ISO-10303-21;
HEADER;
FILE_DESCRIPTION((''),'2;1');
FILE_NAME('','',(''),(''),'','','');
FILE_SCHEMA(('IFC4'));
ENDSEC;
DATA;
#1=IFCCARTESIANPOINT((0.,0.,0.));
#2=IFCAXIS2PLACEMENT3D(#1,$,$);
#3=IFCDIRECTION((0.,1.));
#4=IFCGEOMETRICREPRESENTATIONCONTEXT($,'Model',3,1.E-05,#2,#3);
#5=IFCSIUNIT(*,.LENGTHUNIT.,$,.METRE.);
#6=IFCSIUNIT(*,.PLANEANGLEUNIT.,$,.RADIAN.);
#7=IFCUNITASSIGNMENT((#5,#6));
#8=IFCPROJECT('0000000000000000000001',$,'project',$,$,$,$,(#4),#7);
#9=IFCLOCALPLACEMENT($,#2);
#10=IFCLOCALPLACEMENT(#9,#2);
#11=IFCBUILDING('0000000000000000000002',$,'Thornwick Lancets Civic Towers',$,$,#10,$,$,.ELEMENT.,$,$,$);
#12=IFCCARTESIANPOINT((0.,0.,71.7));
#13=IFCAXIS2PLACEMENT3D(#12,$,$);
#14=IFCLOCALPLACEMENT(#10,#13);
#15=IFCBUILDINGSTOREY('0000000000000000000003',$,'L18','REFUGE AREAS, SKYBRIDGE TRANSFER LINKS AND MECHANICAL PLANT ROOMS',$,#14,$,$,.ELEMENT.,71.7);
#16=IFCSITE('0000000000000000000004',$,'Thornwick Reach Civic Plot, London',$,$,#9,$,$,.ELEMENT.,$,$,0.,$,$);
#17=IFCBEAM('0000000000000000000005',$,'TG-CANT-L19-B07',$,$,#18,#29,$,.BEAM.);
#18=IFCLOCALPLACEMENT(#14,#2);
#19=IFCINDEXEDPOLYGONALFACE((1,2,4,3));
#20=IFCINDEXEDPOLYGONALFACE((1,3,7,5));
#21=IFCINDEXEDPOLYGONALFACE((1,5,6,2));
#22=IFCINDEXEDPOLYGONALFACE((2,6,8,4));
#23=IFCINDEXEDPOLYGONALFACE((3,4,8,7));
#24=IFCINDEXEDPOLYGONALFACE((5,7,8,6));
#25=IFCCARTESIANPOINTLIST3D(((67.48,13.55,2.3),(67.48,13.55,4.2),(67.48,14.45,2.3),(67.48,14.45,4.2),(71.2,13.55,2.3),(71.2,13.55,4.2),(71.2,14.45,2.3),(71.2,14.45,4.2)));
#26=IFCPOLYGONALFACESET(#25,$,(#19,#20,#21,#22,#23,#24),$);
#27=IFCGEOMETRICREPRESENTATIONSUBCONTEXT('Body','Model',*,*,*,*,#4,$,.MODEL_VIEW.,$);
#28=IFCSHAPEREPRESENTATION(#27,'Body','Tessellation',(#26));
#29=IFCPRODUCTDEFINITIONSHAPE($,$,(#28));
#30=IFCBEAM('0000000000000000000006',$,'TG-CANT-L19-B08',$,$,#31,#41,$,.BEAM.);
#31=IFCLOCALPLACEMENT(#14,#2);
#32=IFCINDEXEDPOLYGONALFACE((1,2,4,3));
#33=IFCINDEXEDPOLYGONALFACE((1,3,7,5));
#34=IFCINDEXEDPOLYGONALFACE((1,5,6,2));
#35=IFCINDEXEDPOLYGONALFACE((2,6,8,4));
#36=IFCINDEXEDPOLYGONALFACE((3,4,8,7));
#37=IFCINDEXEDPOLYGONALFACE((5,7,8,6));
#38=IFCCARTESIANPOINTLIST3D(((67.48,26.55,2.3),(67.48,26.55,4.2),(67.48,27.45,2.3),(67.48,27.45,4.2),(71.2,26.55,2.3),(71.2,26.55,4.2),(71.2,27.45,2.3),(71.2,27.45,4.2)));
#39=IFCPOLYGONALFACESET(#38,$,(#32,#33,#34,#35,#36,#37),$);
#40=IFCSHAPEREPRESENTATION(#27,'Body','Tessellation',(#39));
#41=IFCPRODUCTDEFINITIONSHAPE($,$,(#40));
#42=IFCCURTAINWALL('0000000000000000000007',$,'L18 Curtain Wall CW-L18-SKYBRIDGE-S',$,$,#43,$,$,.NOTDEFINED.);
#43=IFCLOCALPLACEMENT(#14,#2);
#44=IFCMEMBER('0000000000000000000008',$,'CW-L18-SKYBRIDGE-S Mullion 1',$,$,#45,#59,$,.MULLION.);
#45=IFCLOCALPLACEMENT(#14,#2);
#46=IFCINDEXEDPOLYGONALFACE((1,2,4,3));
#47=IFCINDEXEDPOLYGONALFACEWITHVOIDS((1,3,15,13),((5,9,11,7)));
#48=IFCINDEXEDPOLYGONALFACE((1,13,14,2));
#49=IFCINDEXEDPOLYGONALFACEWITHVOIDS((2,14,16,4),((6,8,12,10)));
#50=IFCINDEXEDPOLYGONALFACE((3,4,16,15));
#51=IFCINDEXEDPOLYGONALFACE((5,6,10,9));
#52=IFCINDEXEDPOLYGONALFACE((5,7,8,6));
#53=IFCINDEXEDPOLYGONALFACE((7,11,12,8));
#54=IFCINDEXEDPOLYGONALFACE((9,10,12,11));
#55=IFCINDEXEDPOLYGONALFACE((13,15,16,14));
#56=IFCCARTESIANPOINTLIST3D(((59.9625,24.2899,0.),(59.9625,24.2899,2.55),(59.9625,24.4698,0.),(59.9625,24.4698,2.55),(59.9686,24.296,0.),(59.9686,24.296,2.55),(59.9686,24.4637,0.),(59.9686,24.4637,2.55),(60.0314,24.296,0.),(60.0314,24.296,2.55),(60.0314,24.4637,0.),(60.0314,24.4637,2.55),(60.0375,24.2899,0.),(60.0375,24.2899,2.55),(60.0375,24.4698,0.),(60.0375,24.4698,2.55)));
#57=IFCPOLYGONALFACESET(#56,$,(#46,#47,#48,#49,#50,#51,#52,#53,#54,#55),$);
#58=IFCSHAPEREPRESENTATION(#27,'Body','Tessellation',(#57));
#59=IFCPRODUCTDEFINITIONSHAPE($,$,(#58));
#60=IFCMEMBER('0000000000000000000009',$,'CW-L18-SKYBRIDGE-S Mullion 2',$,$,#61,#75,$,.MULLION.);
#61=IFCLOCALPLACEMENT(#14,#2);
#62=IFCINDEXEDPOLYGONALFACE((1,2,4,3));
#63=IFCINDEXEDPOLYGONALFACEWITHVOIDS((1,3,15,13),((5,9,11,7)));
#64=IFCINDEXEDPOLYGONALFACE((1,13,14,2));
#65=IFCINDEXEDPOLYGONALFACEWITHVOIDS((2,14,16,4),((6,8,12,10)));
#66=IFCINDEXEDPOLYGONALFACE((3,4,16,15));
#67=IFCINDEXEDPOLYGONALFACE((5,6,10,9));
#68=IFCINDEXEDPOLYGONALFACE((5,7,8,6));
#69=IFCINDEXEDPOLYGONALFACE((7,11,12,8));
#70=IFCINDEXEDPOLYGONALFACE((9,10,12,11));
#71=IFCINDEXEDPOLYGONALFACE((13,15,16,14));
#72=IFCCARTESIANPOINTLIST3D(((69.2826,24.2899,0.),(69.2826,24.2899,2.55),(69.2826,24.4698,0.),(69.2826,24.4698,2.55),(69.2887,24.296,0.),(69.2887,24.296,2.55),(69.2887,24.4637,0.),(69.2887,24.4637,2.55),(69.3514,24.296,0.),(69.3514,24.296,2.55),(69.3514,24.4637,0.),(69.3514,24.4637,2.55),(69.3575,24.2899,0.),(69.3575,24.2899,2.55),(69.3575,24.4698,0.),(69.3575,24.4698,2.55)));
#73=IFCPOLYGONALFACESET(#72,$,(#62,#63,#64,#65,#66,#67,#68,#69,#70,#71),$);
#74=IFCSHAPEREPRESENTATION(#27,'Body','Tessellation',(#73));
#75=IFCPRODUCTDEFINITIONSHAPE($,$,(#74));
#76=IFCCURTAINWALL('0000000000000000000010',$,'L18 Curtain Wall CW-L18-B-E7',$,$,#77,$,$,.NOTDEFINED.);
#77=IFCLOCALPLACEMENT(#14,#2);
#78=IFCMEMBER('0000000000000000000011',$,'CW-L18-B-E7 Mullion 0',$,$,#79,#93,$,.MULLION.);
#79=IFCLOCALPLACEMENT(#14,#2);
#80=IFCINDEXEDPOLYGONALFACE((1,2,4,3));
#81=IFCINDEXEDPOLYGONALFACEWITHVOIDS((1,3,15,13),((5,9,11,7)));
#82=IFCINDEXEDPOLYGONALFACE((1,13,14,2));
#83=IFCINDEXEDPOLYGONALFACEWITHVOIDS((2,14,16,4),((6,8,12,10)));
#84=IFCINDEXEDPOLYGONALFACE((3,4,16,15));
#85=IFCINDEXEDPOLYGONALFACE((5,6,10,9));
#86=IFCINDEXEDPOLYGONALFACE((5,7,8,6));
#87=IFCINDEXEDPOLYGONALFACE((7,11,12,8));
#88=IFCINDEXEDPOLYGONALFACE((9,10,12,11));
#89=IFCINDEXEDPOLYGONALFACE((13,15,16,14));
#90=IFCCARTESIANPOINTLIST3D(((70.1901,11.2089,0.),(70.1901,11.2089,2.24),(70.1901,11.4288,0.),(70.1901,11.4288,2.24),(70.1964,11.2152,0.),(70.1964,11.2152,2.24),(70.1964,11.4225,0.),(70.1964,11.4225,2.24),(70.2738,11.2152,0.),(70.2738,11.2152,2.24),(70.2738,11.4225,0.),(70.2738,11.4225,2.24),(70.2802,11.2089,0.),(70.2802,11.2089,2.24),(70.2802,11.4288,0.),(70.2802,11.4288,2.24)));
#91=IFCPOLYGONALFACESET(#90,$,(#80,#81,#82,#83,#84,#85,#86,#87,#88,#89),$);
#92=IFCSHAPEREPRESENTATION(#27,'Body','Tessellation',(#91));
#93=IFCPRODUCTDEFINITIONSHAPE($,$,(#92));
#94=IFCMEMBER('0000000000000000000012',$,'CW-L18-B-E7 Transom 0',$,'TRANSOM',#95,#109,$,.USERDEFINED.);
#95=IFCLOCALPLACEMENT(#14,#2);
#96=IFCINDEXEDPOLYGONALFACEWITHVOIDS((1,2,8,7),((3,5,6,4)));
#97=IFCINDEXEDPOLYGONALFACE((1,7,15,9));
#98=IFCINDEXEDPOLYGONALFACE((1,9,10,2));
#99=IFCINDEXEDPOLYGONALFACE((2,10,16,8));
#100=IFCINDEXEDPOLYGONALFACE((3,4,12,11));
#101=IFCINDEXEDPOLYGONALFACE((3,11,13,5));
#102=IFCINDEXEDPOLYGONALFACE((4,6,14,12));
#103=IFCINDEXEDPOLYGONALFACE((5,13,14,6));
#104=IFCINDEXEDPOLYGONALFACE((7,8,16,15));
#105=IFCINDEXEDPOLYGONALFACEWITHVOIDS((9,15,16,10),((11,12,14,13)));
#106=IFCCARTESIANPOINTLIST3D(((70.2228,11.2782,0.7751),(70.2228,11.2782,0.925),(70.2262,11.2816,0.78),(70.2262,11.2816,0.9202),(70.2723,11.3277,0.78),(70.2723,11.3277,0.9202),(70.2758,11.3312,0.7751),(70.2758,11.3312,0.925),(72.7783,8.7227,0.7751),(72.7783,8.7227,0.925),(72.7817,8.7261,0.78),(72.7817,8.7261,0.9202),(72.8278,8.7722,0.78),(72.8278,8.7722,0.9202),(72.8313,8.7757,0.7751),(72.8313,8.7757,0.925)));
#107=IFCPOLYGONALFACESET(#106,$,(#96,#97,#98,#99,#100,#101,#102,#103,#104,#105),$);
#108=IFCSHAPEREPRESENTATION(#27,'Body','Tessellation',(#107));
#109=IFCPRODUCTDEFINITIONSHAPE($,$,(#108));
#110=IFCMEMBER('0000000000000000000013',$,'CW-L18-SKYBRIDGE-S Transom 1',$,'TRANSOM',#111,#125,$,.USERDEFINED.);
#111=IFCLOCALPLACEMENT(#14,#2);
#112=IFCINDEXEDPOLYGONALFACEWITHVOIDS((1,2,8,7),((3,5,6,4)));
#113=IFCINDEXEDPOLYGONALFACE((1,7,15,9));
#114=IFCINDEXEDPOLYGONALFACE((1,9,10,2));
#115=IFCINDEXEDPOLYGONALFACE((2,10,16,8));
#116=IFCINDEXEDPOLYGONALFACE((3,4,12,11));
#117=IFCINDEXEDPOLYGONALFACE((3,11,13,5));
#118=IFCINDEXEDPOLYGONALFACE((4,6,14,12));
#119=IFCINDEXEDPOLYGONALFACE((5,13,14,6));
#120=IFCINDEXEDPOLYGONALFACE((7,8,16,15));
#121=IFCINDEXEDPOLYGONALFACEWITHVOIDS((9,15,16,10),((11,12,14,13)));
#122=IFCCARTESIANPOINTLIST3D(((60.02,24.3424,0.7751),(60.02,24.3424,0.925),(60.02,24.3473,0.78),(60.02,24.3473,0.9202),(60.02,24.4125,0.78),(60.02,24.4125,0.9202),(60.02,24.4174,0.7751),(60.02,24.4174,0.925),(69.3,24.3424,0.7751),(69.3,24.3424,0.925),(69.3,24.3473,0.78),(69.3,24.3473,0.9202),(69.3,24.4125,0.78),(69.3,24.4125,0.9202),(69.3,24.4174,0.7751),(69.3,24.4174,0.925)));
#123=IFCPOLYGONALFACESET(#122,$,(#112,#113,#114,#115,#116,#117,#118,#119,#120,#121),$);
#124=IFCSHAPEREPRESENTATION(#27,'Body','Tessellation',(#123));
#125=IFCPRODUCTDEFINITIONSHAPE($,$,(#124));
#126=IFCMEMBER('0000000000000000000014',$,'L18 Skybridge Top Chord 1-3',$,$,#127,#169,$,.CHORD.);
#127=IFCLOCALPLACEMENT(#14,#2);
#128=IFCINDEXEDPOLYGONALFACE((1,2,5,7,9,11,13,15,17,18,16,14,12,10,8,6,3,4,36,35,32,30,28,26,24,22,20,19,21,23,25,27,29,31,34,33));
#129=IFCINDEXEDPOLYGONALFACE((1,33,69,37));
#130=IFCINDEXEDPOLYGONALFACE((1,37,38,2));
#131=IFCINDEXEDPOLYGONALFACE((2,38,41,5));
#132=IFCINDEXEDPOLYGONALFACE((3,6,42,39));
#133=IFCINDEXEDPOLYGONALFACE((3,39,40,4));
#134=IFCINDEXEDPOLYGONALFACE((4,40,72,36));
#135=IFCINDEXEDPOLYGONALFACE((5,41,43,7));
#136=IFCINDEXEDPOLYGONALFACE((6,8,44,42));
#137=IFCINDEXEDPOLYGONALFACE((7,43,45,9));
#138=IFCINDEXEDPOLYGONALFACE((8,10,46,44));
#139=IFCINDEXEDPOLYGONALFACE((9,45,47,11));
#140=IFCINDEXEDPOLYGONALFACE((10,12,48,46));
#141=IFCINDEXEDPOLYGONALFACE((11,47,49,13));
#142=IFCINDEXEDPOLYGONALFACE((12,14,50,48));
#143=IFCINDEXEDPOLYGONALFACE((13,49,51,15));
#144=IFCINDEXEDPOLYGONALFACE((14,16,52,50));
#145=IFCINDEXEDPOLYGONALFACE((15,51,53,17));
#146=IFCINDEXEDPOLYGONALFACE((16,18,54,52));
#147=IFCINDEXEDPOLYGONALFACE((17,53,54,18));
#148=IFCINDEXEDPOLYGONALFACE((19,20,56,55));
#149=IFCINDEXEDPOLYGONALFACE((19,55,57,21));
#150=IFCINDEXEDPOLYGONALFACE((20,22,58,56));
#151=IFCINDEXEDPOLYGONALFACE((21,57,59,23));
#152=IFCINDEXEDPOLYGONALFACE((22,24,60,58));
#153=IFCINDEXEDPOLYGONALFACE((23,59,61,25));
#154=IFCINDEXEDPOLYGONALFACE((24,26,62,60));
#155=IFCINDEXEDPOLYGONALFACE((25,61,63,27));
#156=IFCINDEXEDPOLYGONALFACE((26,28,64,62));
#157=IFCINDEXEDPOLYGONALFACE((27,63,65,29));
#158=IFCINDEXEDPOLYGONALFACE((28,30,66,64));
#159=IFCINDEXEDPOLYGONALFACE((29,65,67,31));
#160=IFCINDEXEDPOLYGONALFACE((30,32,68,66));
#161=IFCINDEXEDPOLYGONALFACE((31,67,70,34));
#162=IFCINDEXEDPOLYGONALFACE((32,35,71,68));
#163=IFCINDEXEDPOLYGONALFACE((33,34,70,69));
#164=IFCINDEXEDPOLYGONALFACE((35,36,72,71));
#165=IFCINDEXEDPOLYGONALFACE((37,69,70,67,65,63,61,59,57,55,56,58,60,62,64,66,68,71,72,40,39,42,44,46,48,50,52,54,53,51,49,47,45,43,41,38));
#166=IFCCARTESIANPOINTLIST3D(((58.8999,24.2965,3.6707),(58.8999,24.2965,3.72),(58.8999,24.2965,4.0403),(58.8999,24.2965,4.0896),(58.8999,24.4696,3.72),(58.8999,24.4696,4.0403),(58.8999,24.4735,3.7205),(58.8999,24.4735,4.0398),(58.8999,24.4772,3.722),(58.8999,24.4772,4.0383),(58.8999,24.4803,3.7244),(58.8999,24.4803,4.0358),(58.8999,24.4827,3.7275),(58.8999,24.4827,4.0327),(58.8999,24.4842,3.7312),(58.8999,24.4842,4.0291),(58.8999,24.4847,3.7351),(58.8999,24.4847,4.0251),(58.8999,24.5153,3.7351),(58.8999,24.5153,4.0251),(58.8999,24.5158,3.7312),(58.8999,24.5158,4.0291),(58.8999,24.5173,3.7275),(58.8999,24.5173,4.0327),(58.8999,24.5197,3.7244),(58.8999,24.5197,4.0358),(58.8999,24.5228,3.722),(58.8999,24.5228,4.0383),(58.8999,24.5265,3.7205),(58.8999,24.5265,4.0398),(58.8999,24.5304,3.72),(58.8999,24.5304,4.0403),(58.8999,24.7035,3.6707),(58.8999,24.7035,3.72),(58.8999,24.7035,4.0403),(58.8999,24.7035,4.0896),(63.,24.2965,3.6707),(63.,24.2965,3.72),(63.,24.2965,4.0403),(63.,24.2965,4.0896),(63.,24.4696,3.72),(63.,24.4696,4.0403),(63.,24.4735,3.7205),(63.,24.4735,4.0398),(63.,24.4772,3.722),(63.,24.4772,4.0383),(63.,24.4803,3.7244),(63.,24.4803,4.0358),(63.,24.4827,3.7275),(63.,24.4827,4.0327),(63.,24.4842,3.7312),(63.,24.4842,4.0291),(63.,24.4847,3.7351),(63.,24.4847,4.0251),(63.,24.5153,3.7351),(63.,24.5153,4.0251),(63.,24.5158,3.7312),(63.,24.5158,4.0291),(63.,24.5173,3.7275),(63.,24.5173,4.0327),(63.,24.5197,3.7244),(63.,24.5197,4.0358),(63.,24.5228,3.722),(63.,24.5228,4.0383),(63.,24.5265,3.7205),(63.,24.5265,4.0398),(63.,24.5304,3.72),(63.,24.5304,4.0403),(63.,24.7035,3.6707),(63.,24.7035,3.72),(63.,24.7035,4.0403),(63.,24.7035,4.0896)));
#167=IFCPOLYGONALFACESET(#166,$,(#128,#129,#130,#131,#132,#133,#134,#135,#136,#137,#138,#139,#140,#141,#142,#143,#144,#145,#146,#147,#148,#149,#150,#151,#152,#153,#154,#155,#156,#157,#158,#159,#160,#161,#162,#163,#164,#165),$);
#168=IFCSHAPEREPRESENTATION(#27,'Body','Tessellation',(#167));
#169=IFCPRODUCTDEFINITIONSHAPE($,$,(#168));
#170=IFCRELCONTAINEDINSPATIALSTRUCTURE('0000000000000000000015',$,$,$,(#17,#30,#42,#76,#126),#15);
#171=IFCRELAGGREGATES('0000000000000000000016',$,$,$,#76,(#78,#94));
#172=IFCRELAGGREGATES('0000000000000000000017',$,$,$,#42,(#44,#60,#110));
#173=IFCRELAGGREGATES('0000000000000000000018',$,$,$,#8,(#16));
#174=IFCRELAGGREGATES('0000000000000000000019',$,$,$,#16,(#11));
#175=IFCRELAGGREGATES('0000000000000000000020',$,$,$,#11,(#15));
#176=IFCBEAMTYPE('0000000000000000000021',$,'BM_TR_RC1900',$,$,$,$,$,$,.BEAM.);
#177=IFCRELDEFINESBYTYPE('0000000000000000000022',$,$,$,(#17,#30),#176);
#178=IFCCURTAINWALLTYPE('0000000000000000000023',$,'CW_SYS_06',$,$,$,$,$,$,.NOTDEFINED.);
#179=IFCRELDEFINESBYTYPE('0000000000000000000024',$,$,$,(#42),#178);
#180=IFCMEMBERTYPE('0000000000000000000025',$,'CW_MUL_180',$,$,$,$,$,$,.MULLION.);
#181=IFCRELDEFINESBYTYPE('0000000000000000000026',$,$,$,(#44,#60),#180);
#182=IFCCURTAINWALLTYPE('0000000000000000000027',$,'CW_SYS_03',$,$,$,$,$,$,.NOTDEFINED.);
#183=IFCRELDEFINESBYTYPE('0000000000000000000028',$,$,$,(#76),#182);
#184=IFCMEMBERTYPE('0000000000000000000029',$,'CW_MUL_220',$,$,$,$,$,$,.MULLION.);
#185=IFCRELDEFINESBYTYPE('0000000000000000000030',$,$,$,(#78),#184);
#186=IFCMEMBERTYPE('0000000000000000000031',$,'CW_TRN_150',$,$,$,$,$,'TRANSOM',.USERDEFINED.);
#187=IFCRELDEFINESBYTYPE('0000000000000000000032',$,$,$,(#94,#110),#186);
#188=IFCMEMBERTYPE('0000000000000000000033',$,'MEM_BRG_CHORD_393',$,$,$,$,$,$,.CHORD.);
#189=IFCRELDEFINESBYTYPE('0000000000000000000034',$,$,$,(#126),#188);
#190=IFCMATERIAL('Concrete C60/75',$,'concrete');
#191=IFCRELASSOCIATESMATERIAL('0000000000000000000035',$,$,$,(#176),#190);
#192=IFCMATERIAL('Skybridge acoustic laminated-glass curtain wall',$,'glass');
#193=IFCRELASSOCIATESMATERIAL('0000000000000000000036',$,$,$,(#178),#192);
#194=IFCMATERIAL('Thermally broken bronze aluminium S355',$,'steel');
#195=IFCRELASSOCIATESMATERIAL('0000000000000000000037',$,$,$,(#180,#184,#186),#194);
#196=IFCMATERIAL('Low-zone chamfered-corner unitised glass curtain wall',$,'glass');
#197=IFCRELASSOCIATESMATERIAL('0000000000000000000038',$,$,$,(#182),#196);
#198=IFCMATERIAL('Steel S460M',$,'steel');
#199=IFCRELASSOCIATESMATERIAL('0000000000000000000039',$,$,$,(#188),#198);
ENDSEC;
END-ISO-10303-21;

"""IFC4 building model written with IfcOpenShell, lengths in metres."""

from ifc_helpers import new_model, si_unit, direction, frame, origin, origin_2d, place, context, subcontext, project, spatial, rectangle, hollow_rectangle, i_section, extrude, material, material_profile, profile_set, type_object, element, aggregate, save


model = new_model("IFC4")

# Units and contexts
model_context = context("Model", 3, precision=1e-05, world=origin(), true_north=direction((0.0, 1.0)))
body_context = subcontext(model_context, "Body", "Model", "MODEL_VIEW")
ifc_project = project(units=[si_unit("LENGTHUNIT", "METRE"), si_unit("PLANEANGLEUNIT", "RADIAN")], contexts=[model_context])

# Site, building, storey
site_placement = place(None, origin())
site = spatial("IfcSite", under=ifc_project, at=site_placement, Name="Thornwick Reach Civic Plot, London", CompositionType="ELEMENT", RefElevation=0.0)
building_placement = place(site_placement, origin())
building = spatial("IfcBuilding", under=site, at=building_placement, Name="Thornwick Lancets Civic Towers", CompositionType="ELEMENT")
storey_placement = place(building_placement, frame((0.0, 0.0, 71.7)))
storey = spatial("IfcBuildingStorey", under=building, at=storey_placement, Name="L18", Description="REFUGE AREAS, SKYBRIDGE TRANSFER LINKS AND MECHANICAL PLANT ROOMS", CompositionType="ELEMENT", Elevation=71.7)

# Shared definitions
ifc_material_1 = material(Name="Concrete C60/75", Category="concrete")

# Beams
ifc_material_profile_1 = material_profile(ifc_material_1, rectangle(XDim=0.8999, YDim=1.8999, at=origin_2d()), Name="RC 900x1900")
ifc_profile_set_1 = profile_set([ifc_material_profile_1], Name="Concrete C60/75")
beam_type_1 = type_object("IfcBeamType", Name="BM_TR_RC1900", PredefinedType="BEAM", material=ifc_profile_set_1)
for number, where, z_axis, x_axis, name in (
    (1, (71.2, 14.0, 3.25), (-1.0, 0.0, 0.0), (0.0, -1.0, 0.0), "TG-CANT-L19-B07"),
    (2, (71.2, 27.0, 3.25), (-1.0, 0.0, 0.0), (0.0, -1.0, 0.0), "TG-CANT-L19-B08"),
):
    element("IfcBeam", number, at=place(storey_placement, frame(where, z_axis=z_axis, x_axis=x_axis)), inside=storey, type_object=beam_type_1, Name=name, PredefinedType="BEAM", context=body_context, shape_type="SweptSolid", body=[
        extrude(rectangle(XDim=0.8999, YDim=1.8999, at=origin_2d()), origin(), (0.0, 0.0, 1.0), 3.72),
    ])

# Curtain walls, members
ifc_material_2 = material(Name="Skybridge acoustic laminated-glass curtain wall", Category="glass")
curtain_wall_type_1 = type_object("IfcCurtainWallType", Name="CW_SYS_06", PredefinedType="NOTDEFINED", material=ifc_material_2)
curtain_wall_1_placement = place(storey_placement, origin())
curtain_wall_1 = element("IfcCurtainWall", 3, at=curtain_wall_1_placement, inside=storey, type_object=curtain_wall_type_1, Name="L18 Curtain Wall CW-L18-SKYBRIDGE-S", PredefinedType="NOTDEFINED")
ifc_material_3 = material(Name="Thermally broken bronze aluminium S355", Category="steel")
ifc_material_profile_2 = material_profile(ifc_material_3, hollow_rectangle(XDim=0.075, YDim=0.1799, WallThickness=0.0061, at=origin_2d()), Name="RHS 180x75x6")
ifc_profile_set_2 = profile_set([ifc_material_profile_2], Name="Thermally broken bronze aluminium S355")
member_type_1 = type_object("IfcMemberType", Name="CW_MUL_180", PredefinedType="MULLION", material=ifc_profile_set_2)
member_1_placement = place(storey_placement, frame((60.0, 24.3799, 0.0), z_axis=(0.0, 0.0, 1.0), x_axis=(1.0, 0.0, 0.0)))
member_1 = element("IfcMember", 4, at=member_1_placement, type_object=member_type_1, Name="CW-L18-SKYBRIDGE-S Mullion 1", PredefinedType="MULLION", context=body_context, shape_type="SweptSolid", body=[
    extrude(hollow_rectangle(XDim=0.075, YDim=0.1799, WallThickness=0.0061, at=origin_2d()), origin(), (0.0, 0.0, 1.0), 2.55),
])
member_2_placement = place(storey_placement, frame((69.3201, 24.3799, 0.0), z_axis=(0.0, 0.0, 1.0), x_axis=(1.0, 0.0, 0.0)))
member_2 = element("IfcMember", 5, at=member_2_placement, type_object=member_type_1, Name="CW-L18-SKYBRIDGE-S Mullion 2", PredefinedType="MULLION", context=body_context, shape_type="SweptSolid", body=[
    extrude(hollow_rectangle(XDim=0.075, YDim=0.1799, WallThickness=0.0061, at=origin_2d()), origin(), (0.0, 0.0, 1.0), 2.55),
])
ifc_material_4 = material(Name="Low-zone chamfered-corner unitised glass curtain wall", Category="glass")
curtain_wall_type_2 = type_object("IfcCurtainWallType", Name="CW_SYS_03", PredefinedType="NOTDEFINED", material=ifc_material_4)
curtain_wall_2_placement = place(storey_placement, origin())
curtain_wall_2 = element("IfcCurtainWall", 6, at=curtain_wall_2_placement, inside=storey, type_object=curtain_wall_type_2, Name="L18 Curtain Wall CW-L18-B-E7", PredefinedType="NOTDEFINED")
ifc_material_profile_3 = material_profile(ifc_material_3, hollow_rectangle(XDim=0.0901, YDim=0.22, WallThickness=0.0063, at=origin_2d()), Name="RHS 220x90x6.3")
ifc_profile_set_3 = profile_set([ifc_material_profile_3], Name="Thermally broken bronze aluminium S355")
member_type_2 = type_object("IfcMemberType", Name="CW_MUL_220", PredefinedType="MULLION", material=ifc_profile_set_3)
member_3_placement = place(storey_placement, frame((70.2351, 11.3188, 0.0), z_axis=(0.0, 0.0, 1.0), x_axis=(1.0, 0.0, 0.0)))
member_3 = element("IfcMember", 7, at=member_3_placement, type_object=member_type_2, Name="CW-L18-B-E7 Mullion 0", PredefinedType="MULLION", context=body_context, shape_type="SweptSolid", body=[
    extrude(hollow_rectangle(XDim=0.0901, YDim=0.22, WallThickness=0.0063, at=origin_2d()), origin(), (0.0, 0.0, 1.0), 2.24),
])
ifc_material_profile_4 = material_profile(ifc_material_3, hollow_rectangle(XDim=0.075, YDim=0.1499, WallThickness=0.0049, at=origin_2d()), Name="RHS 150x75x5")
ifc_profile_set_4 = profile_set([ifc_material_profile_4], Name="Thermally broken bronze aluminium S355")
member_type_3 = type_object("IfcMemberType", Name="CW_TRN_150", ElementType="TRANSOM", PredefinedType="USERDEFINED", material=ifc_profile_set_4)
member_4_placement = place(storey_placement, frame((70.2493, 11.3047, 0.8501), z_axis=(0.707107, -0.707107, 0.0), x_axis=(0.707107, 0.707107, 0.0)))
member_4 = element("IfcMember", 8, at=member_4_placement, type_object=member_type_3, Name="CW-L18-B-E7 Transom 0", ObjectType="TRANSOM", PredefinedType="USERDEFINED", context=body_context, shape_type="SweptSolid", body=[
    extrude(hollow_rectangle(XDim=0.075, YDim=0.1499, WallThickness=0.0049, at=origin_2d()), origin(), (0.0, 0.0, 1.0), 3.614),
])
aggregate(curtain_wall_2, [member_3, member_4])

# Member
member_5_placement = place(storey_placement, frame((60.02, 24.3799, 0.8501), z_axis=(1.0, 0.0, 0.0), x_axis=(0.0, 1.0, 0.0)))
member_5 = element("IfcMember", 9, at=member_5_placement, type_object=member_type_3, Name="CW-L18-SKYBRIDGE-S Transom 1", ObjectType="TRANSOM", PredefinedType="USERDEFINED", context=body_context, shape_type="SweptSolid", body=[
    extrude(hollow_rectangle(XDim=0.075, YDim=0.1499, WallThickness=0.0049, at=origin_2d()), origin(), (0.0, 0.0, 1.0), 9.28),
])

# Member
ifc_material_5 = material(Name="Steel S460M", Category="steel")
ifc_material_profile_5 = material_profile(ifc_material_5, i_section(OverallWidth=0.407, OverallDepth=0.4189, WebThickness=0.0305, FlangeThickness=0.0493, FilletRadius=0.0151, at=origin_2d()), Name="UKC 356x406x393")
ifc_profile_set_5 = profile_set([ifc_material_profile_5], Name="Steel S460M")
member_type_4 = type_object("IfcMemberType", Name="MEM_BRG_CHORD_393", PredefinedType="CHORD", material=ifc_profile_set_5)
for number, where, z_axis, x_axis, name in (
    (10, (58.8999, 24.5, 3.8801), (1.0, 0.0, 0.0), (0.0, 1.0, 0.0), "L18 Skybridge Top Chord 1-3"),
):
    element("IfcMember", number, at=place(storey_placement, frame(where, z_axis=z_axis, x_axis=x_axis)), inside=storey, type_object=member_type_4, Name=name, PredefinedType="CHORD", context=body_context, shape_type="SweptSolid", body=[
        extrude(i_section(OverallWidth=0.407, OverallDepth=0.4189, WebThickness=0.0305, FlangeThickness=0.0493, FilletRadius=0.0151, at=origin_2d()), origin(), (0.0, 0.0, 1.0), 4.1001),
    ])

aggregate(curtain_wall_1, [member_1, member_2, member_5])

save(model, "model.ifc")
